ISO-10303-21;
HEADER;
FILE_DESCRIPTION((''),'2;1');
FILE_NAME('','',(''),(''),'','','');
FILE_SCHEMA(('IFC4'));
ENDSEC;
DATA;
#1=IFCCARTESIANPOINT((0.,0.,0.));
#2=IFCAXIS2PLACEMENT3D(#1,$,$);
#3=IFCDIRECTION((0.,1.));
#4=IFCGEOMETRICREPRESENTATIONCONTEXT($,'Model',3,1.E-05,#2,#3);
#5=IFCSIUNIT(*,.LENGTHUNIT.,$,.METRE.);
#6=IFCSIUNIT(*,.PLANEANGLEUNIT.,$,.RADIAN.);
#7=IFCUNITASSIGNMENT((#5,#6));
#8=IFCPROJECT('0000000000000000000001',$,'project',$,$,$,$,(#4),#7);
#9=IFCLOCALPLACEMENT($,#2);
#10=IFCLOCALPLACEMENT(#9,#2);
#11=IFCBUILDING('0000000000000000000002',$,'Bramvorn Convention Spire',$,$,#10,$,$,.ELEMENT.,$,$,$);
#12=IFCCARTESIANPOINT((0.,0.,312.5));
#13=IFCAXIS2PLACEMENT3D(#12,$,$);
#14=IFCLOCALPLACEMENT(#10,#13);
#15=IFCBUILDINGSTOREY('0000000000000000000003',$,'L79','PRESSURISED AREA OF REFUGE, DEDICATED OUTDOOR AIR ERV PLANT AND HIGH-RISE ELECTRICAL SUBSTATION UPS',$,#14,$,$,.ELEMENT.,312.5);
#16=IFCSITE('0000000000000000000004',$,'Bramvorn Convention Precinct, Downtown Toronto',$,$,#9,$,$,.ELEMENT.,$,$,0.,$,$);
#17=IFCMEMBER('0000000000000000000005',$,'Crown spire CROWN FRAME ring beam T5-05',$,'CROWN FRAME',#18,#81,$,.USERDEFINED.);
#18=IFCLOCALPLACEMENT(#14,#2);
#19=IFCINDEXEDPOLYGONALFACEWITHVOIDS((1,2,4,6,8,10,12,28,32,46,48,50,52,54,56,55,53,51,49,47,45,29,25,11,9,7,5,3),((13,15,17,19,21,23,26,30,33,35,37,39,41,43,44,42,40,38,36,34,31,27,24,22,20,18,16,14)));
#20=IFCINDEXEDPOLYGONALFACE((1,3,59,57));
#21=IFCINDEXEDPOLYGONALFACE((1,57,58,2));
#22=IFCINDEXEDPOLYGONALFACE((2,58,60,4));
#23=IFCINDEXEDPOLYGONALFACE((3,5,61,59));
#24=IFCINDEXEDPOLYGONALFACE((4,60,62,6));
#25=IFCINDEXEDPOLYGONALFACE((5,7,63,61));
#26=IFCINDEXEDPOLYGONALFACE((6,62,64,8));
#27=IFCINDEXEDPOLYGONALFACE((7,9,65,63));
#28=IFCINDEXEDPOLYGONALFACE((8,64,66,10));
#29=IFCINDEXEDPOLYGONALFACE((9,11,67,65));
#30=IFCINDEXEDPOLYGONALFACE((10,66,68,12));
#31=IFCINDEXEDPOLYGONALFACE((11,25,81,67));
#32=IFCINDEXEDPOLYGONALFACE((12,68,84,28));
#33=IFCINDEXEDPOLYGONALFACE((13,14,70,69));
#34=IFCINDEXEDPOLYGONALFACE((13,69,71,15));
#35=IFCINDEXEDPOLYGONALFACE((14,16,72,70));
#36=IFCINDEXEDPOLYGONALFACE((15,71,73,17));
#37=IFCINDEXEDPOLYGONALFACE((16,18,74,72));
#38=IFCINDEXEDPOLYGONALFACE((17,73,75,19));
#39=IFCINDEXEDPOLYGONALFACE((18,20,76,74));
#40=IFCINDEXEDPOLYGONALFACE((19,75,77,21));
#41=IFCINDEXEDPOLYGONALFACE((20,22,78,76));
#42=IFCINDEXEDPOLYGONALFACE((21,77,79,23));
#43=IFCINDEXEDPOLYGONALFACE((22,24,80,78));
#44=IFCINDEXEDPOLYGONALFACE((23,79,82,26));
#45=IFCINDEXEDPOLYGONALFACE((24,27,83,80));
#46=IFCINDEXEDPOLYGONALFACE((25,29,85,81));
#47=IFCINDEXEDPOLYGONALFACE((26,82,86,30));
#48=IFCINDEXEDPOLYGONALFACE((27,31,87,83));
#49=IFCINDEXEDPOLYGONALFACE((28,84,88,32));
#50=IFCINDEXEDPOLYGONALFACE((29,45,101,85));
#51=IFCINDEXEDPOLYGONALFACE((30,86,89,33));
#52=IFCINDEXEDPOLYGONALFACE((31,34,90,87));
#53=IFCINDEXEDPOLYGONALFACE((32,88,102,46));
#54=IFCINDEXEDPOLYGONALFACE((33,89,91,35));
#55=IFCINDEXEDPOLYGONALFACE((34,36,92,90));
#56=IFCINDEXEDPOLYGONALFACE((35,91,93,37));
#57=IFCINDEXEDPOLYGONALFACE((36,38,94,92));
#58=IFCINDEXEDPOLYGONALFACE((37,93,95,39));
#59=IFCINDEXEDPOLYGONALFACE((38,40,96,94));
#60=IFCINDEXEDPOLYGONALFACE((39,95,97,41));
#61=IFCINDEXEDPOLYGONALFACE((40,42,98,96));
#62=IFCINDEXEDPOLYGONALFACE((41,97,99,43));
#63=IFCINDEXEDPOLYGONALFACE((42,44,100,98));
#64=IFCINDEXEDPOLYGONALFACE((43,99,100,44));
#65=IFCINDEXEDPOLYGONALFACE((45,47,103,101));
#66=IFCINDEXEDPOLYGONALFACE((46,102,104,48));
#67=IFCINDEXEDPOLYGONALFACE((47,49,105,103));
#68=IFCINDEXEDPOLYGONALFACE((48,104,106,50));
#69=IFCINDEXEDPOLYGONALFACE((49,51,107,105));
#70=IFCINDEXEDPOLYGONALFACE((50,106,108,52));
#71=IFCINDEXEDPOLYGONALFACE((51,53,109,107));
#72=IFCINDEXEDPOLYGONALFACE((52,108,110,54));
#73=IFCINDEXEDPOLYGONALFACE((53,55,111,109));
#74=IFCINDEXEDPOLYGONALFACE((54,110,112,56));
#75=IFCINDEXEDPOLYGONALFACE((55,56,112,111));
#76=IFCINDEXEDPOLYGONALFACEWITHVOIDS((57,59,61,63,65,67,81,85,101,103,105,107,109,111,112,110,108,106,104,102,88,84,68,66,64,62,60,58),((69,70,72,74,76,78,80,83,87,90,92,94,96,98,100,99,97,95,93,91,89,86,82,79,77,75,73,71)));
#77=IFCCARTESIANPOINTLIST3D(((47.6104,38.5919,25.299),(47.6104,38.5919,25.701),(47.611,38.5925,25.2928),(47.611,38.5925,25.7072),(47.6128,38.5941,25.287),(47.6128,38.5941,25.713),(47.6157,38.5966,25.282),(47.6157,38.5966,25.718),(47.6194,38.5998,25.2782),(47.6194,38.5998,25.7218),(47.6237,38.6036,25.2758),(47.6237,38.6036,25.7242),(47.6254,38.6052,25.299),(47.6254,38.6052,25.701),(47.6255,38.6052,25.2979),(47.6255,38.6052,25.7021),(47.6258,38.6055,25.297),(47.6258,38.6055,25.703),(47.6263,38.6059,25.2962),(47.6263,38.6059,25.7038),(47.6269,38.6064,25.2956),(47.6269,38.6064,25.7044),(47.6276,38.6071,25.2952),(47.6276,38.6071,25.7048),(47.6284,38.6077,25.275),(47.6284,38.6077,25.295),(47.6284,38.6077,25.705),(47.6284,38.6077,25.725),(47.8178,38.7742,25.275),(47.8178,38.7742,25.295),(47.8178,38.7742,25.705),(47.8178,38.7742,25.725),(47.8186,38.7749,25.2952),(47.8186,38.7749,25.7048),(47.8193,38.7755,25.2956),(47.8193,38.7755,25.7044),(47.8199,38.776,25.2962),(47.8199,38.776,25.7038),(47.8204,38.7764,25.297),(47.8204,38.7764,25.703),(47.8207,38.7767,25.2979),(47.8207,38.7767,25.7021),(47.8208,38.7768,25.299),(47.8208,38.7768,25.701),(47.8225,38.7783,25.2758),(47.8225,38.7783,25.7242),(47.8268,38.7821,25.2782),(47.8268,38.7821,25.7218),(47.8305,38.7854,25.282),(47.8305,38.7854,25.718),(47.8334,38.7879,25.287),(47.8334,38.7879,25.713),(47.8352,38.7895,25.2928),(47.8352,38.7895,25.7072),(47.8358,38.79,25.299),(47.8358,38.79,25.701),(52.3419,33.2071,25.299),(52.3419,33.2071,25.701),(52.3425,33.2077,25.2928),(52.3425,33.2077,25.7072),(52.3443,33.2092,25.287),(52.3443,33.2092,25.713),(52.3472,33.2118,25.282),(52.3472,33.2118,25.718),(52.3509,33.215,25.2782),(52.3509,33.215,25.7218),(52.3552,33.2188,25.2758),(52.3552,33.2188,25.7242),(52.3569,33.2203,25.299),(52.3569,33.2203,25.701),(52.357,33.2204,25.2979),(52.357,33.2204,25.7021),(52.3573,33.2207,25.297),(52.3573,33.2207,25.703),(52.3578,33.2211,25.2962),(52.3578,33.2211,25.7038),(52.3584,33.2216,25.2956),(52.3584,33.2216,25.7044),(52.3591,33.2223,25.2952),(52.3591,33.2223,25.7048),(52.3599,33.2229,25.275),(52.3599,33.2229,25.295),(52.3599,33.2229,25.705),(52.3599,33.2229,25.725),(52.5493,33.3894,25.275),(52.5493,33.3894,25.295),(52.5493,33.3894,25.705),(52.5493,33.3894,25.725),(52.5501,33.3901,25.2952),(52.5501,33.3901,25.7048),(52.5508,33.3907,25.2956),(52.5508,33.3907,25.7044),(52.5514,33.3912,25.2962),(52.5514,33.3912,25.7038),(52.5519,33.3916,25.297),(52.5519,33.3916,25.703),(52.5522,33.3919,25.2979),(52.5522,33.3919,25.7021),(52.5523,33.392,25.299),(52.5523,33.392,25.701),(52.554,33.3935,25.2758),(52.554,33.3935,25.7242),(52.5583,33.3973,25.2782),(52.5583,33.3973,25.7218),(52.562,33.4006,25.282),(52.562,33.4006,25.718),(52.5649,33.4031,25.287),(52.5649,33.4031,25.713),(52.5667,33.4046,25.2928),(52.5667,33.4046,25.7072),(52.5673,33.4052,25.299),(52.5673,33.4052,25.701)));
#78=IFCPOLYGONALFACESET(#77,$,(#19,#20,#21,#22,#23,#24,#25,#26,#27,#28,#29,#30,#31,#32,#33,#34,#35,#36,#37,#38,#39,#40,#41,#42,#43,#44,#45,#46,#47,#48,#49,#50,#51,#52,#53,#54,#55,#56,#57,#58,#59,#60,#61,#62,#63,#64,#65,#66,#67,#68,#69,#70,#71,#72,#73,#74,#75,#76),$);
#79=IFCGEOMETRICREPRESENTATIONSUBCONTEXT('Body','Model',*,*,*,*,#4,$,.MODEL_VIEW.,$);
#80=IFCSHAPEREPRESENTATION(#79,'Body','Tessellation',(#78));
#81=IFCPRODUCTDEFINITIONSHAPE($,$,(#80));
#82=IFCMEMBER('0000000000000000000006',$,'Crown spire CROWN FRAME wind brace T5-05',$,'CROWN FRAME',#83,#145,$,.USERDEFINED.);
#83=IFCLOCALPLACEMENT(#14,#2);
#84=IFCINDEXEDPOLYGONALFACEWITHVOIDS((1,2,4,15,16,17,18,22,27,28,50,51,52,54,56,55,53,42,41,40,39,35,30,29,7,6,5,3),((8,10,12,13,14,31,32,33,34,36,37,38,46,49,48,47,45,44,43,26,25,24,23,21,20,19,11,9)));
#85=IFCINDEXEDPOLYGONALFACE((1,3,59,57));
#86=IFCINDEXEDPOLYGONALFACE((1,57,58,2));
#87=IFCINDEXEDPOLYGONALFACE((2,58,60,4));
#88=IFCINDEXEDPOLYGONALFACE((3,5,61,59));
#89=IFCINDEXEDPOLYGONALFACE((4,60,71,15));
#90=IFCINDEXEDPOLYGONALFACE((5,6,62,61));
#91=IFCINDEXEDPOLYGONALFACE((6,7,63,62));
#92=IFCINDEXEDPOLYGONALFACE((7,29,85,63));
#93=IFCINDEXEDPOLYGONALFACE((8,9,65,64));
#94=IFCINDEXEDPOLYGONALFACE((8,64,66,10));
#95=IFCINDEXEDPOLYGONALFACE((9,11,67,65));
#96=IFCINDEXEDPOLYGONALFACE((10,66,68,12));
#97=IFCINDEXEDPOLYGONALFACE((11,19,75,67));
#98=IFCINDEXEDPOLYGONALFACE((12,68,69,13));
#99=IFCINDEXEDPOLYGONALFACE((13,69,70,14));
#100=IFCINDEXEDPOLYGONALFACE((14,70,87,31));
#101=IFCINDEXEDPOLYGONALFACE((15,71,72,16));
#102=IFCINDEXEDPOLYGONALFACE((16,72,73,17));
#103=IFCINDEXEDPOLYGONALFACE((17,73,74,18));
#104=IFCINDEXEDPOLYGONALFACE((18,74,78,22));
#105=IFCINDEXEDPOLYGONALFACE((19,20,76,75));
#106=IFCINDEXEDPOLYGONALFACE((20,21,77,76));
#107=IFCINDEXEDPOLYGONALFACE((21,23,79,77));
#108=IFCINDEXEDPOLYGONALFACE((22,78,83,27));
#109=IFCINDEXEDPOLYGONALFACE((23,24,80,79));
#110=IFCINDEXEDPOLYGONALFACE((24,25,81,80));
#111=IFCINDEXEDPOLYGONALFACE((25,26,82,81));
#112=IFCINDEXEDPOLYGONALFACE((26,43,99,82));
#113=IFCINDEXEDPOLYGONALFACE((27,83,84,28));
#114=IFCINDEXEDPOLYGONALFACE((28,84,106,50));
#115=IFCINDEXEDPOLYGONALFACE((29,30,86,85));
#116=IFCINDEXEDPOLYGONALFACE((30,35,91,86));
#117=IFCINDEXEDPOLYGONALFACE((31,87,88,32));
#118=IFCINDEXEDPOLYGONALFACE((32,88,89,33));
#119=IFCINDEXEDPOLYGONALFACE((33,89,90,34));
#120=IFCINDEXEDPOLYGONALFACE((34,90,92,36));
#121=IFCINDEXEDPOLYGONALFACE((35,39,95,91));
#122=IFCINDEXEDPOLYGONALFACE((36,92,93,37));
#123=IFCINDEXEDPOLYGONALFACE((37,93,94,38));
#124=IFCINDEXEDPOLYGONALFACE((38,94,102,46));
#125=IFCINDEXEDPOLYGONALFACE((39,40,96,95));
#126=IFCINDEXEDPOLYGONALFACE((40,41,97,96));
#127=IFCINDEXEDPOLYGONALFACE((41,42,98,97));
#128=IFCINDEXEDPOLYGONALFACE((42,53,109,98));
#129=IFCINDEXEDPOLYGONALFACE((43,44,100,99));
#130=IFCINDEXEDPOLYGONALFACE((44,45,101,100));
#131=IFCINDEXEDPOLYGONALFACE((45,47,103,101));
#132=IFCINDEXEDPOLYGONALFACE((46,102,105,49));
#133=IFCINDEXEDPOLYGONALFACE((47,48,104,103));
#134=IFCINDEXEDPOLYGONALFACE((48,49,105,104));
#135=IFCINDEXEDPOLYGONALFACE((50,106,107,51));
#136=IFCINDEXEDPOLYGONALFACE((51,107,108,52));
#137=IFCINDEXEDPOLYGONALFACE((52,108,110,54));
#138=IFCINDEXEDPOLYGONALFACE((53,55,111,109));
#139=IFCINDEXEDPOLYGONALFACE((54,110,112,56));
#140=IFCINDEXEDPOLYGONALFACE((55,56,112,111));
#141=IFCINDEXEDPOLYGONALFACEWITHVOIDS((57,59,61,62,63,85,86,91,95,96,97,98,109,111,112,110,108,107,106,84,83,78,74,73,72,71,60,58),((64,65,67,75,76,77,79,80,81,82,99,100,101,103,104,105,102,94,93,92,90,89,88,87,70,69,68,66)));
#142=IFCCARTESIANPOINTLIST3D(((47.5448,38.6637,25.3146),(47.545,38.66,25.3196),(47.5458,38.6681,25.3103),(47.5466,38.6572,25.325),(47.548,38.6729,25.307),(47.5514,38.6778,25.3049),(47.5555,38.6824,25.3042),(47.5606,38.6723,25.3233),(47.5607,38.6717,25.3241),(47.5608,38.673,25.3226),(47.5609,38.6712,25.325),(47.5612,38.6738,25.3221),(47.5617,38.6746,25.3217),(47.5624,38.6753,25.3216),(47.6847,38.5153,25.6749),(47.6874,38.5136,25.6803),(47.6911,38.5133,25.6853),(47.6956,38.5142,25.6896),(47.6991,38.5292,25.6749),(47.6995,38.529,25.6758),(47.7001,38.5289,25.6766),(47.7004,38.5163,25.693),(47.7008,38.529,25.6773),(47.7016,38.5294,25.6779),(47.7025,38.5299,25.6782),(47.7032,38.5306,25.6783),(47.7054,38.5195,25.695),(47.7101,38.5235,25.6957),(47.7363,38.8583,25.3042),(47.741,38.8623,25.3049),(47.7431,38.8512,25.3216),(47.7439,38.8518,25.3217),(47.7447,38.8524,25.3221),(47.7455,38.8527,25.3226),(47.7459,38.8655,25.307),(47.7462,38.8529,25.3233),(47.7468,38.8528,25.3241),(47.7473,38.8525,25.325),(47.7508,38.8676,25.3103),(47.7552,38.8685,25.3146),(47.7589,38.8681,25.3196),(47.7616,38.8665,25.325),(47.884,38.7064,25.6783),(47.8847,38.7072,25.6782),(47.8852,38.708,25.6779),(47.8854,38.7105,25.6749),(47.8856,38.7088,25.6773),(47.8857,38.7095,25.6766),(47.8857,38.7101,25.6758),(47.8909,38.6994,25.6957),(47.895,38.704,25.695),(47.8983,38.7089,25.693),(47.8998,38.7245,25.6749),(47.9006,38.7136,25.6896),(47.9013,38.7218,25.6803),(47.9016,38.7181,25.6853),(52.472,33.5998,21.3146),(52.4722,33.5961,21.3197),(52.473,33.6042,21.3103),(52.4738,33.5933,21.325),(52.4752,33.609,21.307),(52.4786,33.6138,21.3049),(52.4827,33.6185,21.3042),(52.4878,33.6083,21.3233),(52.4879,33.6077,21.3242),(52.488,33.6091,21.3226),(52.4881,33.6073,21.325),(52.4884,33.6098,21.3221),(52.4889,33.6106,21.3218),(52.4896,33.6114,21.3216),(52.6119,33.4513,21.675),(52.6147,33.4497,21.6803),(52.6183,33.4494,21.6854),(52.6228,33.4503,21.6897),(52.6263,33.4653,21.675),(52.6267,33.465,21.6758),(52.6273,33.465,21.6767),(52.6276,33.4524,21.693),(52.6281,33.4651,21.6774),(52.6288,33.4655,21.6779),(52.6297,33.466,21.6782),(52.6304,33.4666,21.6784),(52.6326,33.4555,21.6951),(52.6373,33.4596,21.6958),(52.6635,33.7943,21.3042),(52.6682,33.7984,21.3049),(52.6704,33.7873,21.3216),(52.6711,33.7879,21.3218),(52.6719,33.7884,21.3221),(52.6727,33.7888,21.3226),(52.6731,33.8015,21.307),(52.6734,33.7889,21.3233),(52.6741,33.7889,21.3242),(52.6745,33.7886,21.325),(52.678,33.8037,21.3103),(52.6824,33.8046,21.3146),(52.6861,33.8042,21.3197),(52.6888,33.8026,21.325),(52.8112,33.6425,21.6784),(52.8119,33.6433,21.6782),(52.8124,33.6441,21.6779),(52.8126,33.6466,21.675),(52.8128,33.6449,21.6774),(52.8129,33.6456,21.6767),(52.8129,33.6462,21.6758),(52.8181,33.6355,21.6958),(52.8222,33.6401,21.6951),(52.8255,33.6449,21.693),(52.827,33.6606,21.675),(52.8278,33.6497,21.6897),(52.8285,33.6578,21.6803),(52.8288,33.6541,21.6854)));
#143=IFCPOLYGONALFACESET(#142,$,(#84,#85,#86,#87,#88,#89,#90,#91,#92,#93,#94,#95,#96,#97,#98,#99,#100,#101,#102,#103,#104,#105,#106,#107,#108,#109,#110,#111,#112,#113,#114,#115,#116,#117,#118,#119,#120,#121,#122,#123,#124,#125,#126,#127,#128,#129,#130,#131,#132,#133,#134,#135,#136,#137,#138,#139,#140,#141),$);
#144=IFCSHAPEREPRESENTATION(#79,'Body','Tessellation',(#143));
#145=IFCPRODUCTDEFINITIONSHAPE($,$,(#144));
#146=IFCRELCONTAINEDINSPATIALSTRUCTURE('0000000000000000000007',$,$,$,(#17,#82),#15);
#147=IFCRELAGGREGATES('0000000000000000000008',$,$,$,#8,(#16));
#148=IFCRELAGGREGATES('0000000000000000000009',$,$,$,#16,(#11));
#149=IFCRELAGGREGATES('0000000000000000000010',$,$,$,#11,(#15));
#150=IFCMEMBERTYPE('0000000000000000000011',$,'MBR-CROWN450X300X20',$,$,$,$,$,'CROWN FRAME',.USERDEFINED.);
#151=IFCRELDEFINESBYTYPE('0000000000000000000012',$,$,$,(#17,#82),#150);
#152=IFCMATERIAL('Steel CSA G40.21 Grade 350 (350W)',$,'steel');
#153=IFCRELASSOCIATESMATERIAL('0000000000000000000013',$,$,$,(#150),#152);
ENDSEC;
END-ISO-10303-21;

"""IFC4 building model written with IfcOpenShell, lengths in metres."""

from ifc_helpers import new_model, si_unit, direction, frame, origin, origin_2d, place, context, subcontext, project, spatial, hollow_rectangle, extrude, material, material_profile, profile_set, type_object, element, save


model = new_model("IFC4")

# Units and contexts
model_context = context("Model", 3, precision=1e-05, world=origin(), true_north=direction((0.0, 1.0)))
body_context = subcontext(model_context, "Body", "Model", "MODEL_VIEW")
ifc_project = project(units=[si_unit("LENGTHUNIT", "METRE"), si_unit("PLANEANGLEUNIT", "RADIAN")], contexts=[model_context])

# Site, building, storey
site_placement = place(None, origin())
site = spatial("IfcSite", under=ifc_project, at=site_placement, Name="Bramvorn Convention Precinct, Downtown Toronto", CompositionType="ELEMENT", RefElevation=0.0)
building_placement = place(site_placement, origin())
building = spatial("IfcBuilding", under=site, at=building_placement, Name="Bramvorn Convention Spire", CompositionType="ELEMENT")
storey_placement = place(building_placement, frame((0.0, 0.0, 312.5)))
storey = spatial("IfcBuildingStorey", under=building, at=storey_placement, Name="L79", Description="PRESSURISED AREA OF REFUGE, DEDICATED OUTDOOR AIR ERV PLANT AND HIGH-RISE ELECTRICAL SUBSTATION UPS", CompositionType="ELEMENT", Elevation=312.5)

# Members
ifc_material_1 = material(Name="Steel CSA G40.21 Grade 350 (350W)", Category="steel")
ifc_material_profile_1 = material_profile(ifc_material_1, hollow_rectangle(XDim=0.3, YDim=0.45, WallThickness=0.02, InnerFilletRadius=0.0039, OuterFilletRadius=0.0239, at=origin_2d()))
ifc_profile_set_1 = profile_set([ifc_material_profile_1], Name="Steel CSA G40.21 Grade 350 (350W) - CROWN450X300X20")
member_type_1 = type_object("IfcMemberType", Name="MBR-CROWN450X300X20", ElementType="CROWN FRAME", PredefinedType="USERDEFINED", material=ifc_profile_set_1)
member_1_placement = place(storey_placement, frame((52.4546, 33.3062, 25.5), z_axis=(-0.660066, 0.751208, 0.0), x_axis=(-0.751208, -0.660066, 0.0)))
element("IfcMember", 1, at=member_1_placement, inside=storey, type_object=member_type_1, Name="Crown spire CROWN FRAME ring beam T5-05", ObjectType="CROWN FRAME", PredefinedType="USERDEFINED", context=body_context, shape_type="SweptSolid", body=[
    extrude(hollow_rectangle(XDim=0.3, YDim=0.45, WallThickness=0.02, InnerFilletRadius=0.0039, OuterFilletRadius=0.0239, at=origin_2d()), origin(), (0.0, 0.0, 1.0), 7.1682),
])
member_2_placement = place(storey_placement, frame((52.6504, 33.627, 21.5), z_axis=(-0.606863, 0.623702, 0.492659), x_axis=(-0.716716, -0.697366, 0.0)))
element("IfcMember", 2, at=member_2_placement, inside=storey, type_object=member_type_1, Name="Crown spire CROWN FRAME wind brace T5-05", ObjectType="CROWN FRAME", PredefinedType="USERDEFINED", context=body_context, shape_type="SweptSolid", body=[
    extrude(hollow_rectangle(XDim=0.3, YDim=0.45, WallThickness=0.02, InnerFilletRadius=0.0039, OuterFilletRadius=0.0239, at=origin_2d()), origin(), (0.0, 0.0, 1.0), 8.1191),
])

save(model, "model.ifc")
